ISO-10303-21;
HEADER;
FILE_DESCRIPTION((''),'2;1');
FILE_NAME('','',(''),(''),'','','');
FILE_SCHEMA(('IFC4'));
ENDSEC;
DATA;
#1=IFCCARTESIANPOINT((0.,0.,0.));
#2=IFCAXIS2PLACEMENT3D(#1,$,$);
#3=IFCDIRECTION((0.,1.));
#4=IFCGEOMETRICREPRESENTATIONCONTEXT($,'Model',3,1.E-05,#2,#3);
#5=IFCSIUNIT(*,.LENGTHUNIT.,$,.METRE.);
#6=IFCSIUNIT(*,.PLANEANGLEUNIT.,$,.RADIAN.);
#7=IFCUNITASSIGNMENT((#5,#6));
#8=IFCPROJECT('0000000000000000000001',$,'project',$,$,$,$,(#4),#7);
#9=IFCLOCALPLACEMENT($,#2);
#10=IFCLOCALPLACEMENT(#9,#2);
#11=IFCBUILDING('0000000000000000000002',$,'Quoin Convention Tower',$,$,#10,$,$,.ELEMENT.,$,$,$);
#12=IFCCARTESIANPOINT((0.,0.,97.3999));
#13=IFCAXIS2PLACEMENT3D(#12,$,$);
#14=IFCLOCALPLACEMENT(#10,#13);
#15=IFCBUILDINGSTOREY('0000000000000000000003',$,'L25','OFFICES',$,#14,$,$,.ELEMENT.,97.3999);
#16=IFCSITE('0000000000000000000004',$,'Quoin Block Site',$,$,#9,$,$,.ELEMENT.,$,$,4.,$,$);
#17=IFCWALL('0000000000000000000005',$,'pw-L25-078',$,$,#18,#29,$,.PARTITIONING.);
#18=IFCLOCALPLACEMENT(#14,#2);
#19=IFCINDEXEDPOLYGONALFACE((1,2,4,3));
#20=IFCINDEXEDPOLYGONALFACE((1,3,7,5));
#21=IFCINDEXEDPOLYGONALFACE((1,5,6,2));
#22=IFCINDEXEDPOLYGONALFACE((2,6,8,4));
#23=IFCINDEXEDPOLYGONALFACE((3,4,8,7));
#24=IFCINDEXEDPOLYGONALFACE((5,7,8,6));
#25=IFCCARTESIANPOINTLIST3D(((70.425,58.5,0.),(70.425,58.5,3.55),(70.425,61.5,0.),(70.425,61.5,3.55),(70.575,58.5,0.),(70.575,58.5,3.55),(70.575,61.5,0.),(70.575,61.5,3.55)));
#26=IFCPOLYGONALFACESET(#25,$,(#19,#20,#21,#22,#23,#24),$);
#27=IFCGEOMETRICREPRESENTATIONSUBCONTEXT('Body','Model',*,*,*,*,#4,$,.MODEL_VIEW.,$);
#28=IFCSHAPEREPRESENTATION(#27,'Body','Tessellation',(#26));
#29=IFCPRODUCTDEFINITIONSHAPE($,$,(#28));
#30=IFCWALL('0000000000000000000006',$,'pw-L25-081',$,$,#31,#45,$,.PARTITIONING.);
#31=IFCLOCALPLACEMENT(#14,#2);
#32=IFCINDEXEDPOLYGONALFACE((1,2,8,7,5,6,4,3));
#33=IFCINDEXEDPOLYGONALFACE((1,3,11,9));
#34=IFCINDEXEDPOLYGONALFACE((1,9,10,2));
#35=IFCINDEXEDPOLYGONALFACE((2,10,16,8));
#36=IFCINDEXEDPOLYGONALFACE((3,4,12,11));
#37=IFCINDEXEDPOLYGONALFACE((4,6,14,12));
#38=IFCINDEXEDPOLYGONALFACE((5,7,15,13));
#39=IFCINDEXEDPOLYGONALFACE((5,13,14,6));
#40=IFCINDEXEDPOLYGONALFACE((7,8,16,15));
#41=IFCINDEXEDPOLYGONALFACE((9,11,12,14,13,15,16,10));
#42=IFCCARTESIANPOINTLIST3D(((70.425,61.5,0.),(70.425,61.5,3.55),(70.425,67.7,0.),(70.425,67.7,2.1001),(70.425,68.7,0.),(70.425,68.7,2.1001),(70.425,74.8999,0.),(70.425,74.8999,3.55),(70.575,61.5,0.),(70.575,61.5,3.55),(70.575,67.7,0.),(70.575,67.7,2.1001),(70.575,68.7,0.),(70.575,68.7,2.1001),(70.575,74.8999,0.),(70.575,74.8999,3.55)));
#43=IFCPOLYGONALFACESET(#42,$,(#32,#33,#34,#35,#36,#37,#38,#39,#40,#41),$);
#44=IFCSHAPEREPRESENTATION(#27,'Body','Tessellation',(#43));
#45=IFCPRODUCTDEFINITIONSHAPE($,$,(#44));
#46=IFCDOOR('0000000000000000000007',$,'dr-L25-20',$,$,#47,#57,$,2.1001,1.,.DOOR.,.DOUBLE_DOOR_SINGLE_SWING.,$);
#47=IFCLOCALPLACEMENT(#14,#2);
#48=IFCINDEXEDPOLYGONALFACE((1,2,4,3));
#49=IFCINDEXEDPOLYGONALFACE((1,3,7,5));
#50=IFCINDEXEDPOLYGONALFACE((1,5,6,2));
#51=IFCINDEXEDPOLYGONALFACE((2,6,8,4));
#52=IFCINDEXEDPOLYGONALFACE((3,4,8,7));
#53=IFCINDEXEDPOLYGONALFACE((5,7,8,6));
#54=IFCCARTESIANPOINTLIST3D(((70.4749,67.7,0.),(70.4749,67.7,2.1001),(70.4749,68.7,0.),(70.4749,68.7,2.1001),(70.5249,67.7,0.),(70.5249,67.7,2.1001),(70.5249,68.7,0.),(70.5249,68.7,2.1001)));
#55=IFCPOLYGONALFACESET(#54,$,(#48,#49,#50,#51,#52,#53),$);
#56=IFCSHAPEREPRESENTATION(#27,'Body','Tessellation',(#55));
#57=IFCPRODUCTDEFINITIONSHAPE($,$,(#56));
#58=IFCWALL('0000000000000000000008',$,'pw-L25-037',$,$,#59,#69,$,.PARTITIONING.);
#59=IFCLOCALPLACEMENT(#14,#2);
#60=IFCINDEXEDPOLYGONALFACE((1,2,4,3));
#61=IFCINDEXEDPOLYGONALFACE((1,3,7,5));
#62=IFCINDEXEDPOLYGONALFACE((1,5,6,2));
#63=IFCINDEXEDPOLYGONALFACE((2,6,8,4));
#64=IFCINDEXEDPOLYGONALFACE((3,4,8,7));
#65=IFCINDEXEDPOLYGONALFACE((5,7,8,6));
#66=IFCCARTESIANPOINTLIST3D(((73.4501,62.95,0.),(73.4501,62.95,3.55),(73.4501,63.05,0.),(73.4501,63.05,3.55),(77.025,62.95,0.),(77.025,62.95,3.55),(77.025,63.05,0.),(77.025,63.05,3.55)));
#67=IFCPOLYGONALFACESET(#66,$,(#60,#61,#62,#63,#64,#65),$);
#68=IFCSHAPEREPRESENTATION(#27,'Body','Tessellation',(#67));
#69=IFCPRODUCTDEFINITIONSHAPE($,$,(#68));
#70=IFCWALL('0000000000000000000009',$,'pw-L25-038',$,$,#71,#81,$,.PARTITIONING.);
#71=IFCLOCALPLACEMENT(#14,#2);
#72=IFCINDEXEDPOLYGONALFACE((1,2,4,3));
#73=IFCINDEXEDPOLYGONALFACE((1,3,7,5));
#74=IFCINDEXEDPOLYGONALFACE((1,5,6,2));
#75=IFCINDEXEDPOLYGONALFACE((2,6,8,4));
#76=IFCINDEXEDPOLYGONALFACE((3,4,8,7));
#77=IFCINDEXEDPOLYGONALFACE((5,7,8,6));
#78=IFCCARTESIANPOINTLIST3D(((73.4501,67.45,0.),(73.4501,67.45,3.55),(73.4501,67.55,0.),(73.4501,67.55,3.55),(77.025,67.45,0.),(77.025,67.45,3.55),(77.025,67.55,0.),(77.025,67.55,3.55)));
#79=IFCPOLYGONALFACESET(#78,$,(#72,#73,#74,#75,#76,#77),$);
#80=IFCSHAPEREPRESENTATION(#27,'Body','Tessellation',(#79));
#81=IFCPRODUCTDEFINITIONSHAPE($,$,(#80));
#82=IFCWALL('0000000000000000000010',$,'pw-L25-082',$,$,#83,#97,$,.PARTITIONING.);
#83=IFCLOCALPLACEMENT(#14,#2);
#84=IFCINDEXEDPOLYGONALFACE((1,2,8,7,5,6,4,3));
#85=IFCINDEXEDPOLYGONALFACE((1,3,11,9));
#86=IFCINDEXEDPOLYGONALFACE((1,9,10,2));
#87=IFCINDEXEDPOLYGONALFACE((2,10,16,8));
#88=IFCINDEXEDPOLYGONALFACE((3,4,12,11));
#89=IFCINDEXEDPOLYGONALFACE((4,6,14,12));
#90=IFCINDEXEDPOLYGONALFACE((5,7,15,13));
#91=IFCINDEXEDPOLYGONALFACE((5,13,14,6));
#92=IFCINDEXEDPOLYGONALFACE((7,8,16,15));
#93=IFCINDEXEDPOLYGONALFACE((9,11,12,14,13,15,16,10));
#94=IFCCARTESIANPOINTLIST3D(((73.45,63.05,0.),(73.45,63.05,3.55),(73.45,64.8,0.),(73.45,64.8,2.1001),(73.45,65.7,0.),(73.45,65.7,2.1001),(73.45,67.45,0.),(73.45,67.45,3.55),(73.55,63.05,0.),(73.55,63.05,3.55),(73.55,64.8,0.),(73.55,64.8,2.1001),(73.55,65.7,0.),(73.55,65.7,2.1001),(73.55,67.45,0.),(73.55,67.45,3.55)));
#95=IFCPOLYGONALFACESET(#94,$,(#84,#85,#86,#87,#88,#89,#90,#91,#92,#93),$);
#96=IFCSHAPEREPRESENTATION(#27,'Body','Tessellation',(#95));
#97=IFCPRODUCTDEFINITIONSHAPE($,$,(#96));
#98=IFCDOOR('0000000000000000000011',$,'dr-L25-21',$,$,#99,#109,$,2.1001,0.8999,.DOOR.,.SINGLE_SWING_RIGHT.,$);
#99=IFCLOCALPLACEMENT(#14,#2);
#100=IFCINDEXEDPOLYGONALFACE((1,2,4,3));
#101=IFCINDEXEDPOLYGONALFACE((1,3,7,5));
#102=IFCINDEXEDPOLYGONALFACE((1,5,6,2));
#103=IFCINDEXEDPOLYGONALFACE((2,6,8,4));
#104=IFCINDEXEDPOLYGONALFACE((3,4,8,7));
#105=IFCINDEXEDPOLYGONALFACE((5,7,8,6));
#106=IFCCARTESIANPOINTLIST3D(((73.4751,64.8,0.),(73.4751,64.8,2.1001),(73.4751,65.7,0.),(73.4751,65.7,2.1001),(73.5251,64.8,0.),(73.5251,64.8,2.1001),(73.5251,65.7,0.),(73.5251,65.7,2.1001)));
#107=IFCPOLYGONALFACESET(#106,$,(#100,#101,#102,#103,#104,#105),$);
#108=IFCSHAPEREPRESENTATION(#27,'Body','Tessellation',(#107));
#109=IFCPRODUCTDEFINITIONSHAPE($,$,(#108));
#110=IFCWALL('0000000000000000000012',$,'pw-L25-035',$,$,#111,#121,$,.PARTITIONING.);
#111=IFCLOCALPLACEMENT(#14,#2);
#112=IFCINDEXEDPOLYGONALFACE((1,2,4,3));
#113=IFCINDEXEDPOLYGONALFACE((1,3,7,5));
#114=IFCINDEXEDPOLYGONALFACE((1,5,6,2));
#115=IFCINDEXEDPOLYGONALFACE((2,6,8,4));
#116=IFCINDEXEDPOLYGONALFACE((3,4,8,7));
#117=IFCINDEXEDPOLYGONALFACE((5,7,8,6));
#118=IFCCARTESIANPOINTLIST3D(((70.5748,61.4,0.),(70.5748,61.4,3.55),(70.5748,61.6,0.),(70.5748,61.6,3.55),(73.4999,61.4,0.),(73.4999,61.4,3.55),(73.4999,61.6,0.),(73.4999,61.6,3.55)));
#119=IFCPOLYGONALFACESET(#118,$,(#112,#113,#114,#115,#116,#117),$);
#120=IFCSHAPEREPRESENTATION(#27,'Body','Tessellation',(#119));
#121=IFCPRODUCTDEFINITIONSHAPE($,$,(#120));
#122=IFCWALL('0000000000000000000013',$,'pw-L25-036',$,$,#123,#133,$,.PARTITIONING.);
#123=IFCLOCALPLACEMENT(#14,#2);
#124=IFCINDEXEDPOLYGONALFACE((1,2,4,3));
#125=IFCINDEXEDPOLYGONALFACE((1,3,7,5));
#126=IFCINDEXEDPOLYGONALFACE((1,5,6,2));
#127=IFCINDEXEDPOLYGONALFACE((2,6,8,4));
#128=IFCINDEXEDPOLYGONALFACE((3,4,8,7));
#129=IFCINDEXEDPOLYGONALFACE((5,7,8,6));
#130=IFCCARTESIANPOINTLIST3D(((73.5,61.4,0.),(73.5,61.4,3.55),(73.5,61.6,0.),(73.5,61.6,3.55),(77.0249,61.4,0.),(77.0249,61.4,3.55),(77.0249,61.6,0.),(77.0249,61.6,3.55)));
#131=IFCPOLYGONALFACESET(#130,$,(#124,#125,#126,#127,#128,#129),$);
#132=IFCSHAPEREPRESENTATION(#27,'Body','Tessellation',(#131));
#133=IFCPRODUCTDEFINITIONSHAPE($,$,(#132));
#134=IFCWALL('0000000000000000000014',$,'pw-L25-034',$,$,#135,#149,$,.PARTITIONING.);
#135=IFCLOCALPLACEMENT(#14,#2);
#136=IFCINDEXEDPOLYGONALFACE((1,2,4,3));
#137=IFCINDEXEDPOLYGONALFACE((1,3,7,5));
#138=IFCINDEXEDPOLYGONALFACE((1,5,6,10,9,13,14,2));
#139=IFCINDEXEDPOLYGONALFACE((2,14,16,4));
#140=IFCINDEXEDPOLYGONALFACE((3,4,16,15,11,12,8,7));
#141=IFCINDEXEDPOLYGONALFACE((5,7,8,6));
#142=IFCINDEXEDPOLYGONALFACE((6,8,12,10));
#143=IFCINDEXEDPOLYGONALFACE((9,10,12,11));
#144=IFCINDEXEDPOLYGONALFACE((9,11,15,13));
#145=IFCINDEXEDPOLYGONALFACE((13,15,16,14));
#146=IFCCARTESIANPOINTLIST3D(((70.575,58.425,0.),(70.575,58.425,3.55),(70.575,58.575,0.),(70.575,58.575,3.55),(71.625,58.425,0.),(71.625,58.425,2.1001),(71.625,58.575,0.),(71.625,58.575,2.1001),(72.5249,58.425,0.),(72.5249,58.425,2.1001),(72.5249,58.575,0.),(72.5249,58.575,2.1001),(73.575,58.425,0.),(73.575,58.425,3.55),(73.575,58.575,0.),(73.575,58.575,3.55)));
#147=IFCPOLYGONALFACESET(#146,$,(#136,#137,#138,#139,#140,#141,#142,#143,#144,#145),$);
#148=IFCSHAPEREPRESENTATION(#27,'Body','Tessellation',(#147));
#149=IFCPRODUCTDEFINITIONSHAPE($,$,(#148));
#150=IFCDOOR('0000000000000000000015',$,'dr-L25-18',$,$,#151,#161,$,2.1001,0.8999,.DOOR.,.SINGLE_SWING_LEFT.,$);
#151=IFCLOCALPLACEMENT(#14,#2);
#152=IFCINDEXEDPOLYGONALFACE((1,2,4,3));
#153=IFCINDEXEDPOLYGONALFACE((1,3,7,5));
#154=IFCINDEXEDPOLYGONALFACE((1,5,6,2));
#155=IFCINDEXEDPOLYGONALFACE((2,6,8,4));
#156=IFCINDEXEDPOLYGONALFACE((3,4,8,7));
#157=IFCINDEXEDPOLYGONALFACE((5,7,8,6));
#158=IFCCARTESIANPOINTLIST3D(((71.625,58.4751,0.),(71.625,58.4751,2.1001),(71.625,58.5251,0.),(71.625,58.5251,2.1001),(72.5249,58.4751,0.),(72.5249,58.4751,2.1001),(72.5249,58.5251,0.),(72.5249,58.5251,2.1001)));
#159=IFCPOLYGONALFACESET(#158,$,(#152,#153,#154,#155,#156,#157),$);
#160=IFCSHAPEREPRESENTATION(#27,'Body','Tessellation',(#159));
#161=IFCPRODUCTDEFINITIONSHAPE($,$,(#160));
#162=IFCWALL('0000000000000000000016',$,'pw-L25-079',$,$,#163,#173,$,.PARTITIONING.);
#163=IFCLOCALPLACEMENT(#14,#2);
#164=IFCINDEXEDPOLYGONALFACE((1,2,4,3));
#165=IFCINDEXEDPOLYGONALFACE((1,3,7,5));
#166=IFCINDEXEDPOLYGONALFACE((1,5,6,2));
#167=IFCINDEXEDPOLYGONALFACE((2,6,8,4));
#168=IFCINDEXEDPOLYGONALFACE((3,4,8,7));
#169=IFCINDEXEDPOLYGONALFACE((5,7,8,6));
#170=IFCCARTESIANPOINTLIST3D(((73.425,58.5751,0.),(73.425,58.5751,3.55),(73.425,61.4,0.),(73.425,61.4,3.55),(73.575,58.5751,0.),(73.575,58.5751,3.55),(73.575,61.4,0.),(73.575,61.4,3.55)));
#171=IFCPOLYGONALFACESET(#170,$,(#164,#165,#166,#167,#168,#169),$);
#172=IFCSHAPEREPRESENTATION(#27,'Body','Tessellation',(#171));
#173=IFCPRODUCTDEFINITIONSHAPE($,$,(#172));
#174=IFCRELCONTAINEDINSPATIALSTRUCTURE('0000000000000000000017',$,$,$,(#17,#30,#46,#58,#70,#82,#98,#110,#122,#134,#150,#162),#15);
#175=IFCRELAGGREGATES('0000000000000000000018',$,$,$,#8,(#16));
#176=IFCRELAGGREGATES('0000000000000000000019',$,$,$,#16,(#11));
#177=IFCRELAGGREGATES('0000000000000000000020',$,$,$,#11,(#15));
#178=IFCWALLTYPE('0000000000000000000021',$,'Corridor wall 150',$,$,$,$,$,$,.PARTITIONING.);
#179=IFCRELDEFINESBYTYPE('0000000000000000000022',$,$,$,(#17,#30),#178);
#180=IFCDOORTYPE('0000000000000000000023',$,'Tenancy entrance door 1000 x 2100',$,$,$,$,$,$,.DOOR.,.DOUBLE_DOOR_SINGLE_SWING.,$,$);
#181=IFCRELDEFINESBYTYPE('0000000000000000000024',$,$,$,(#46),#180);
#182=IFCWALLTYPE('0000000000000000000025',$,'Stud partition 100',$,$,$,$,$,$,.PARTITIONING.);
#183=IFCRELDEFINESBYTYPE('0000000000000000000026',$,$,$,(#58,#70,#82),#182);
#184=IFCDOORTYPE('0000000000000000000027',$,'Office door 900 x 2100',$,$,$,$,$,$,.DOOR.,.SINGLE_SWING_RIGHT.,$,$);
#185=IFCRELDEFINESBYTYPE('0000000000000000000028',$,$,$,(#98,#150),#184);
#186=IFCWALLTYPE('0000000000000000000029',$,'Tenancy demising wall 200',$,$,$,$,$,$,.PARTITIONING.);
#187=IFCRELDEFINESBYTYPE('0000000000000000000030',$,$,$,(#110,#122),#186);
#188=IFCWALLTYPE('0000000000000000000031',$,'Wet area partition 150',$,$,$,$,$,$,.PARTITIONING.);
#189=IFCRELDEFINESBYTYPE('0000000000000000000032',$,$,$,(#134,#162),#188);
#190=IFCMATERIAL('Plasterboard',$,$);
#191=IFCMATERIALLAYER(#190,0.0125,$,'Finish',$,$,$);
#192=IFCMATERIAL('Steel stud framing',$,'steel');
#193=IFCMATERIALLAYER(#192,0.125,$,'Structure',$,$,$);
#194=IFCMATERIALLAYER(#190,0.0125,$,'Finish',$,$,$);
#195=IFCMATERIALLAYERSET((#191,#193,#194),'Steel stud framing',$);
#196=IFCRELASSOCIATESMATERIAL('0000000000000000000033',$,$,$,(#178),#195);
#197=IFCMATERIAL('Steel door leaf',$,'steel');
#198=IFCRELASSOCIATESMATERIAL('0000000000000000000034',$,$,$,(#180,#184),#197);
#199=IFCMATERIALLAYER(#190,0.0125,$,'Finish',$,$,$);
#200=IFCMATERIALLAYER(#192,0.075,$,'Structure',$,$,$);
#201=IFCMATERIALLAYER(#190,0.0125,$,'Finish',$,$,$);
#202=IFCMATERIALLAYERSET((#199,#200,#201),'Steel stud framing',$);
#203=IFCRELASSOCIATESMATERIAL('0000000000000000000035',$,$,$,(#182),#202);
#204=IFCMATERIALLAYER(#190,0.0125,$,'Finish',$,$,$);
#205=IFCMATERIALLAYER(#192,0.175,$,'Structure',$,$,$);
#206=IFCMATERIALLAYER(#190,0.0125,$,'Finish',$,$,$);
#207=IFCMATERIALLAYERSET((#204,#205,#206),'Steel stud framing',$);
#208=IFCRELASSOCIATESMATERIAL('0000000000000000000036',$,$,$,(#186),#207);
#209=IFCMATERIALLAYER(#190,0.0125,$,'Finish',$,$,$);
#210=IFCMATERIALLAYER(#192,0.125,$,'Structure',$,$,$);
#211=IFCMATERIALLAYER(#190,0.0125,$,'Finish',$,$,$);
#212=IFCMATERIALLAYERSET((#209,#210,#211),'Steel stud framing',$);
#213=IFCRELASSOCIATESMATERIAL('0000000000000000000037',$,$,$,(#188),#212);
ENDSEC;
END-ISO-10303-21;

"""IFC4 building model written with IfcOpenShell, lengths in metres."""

from ifc_helpers import new_model, si_unit, direction, frame, frame_2d, origin, place, context, subcontext, project, spatial, rectangle, extrude, material, layer, layer_set, type_object, element, fill, save


model = new_model("IFC4")

# Units and contexts
model_context = context("Model", 3, precision=1e-05, world=origin(), true_north=direction((0.0, 1.0)))
body_context = subcontext(model_context, "Body", "Model", "MODEL_VIEW")
ifc_project = project(units=[si_unit("LENGTHUNIT", "METRE"), si_unit("PLANEANGLEUNIT", "RADIAN")], contexts=[model_context])

# Site, building, storey
site_placement = place(None, origin())
site = spatial("IfcSite", under=ifc_project, at=site_placement, Name="Quoin Block Site", CompositionType="ELEMENT", RefElevation=4.0)
building_placement = place(site_placement, origin())
building = spatial("IfcBuilding", under=site, at=building_placement, Name="Quoin Convention Tower", CompositionType="ELEMENT")
storey_placement = place(building_placement, frame((0.0, 0.0, 97.3999)))
storey = spatial("IfcBuildingStorey", under=building, at=storey_placement, Name="L25", Description="OFFICES", CompositionType="ELEMENT", Elevation=97.3999)

# Wall
ifc_material_1 = material(Name="Plasterboard")
ifc_layer_1 = layer(ifc_material_1, 0.0125, Name="Finish")
ifc_material_2 = material(Name="Steel stud framing", Category="steel")
ifc_layer_2 = layer(ifc_material_2, 0.125, Name="Structure")
ifc_layer_3 = layer(ifc_material_1, 0.0125, Name="Finish")
ifc_layer_set_1 = layer_set([ifc_layer_1, ifc_layer_2, ifc_layer_3], Name="Steel stud framing")
wall_type_1 = type_object("IfcWallType", Name="Corridor wall 150", PredefinedType="PARTITIONING", material=ifc_layer_set_1)
wall_1_placement = place(storey_placement, frame((70.5, 58.5, 0.0), z_axis=(0.0, 0.0, 1.0), x_axis=(0.0, 1.0, 0.0)))
element("IfcWall", 1, at=wall_1_placement, inside=storey, type_object=wall_type_1, Name="pw-L25-078", PredefinedType="PARTITIONING", context=body_context, shape_type="SweptSolid", body=[
    extrude(rectangle(XDim=3.0, YDim=0.1499, at=frame_2d((1.5, 0.0))), origin(), (0.0, 0.0, 1.0), 3.55),
])

# Wall, opening, door
wall_2_placement = place(storey_placement, frame((70.5, 61.5, 0.0), z_axis=(0.0, 0.0, 1.0), x_axis=(0.0, 1.0, 0.0)))
wall_2 = element("IfcWall", 2, at=wall_2_placement, inside=storey, type_object=wall_type_1, Name="pw-L25-081", PredefinedType="PARTITIONING", context=body_context, shape_type="SweptSolid", body=[
    extrude(rectangle(XDim=13.3999, YDim=0.1499, at=frame_2d((6.7, 0.0))), origin(), (0.0, 0.0, 1.0), 3.55),
])
opening_1_placement = place(wall_2_placement, frame((6.2, 0.0, 0.0)))
opening_1 = element("IfcOpeningElement", 3, at=opening_1_placement, cuts=wall_2, PredefinedType="OPENING", context=body_context, shape_type="SweptSolid", body=[
    extrude(rectangle(XDim=1.0, YDim=2.1001, at=frame_2d((0.5, 1.05))), frame((0.0, 0.085, 0.0), z_axis=(0.0, -1.0, 0.0), x_axis=(1.0, 0.0, 0.0)), (0.0, 0.0, 1.0), 0.1699),
])
ifc_material_3 = material(Name="Steel door leaf", Category="steel")
door_type_1 = type_object("IfcDoorType", Name="Tenancy entrance door 1000 x 2100", OperationType="DOUBLE_DOOR_SINGLE_SWING", PredefinedType="DOOR", material=ifc_material_3)
door_1_placement = place(opening_1_placement, frame((1.0, 0.0, 0.0), z_axis=(0.0, 0.0, 1.0), x_axis=(-1.0, 0.0, 0.0)))
door_1 = element("IfcDoor", 4, at=door_1_placement, inside=storey, type_object=door_type_1, Name="dr-L25-20", OperationType="DOUBLE_DOOR_SINGLE_SWING", OverallHeight=2.1001, OverallWidth=1.0, PredefinedType="DOOR", context=body_context, shape_type="SweptSolid", body=[
    extrude(rectangle(XDim=1.0, YDim=2.1001, at=frame_2d((0.5, 1.05))), frame((0.0, 0.0249, 0.0), z_axis=(0.0, -1.0, 0.0), x_axis=(1.0, 0.0, 0.0)), (0.0, 0.0, 1.0), 0.05),
])
fill(opening_1, door_1)

# Walls
ifc_layer_4 = layer(ifc_material_1, 0.0125, Name="Finish")
ifc_layer_5 = layer(ifc_material_2, 0.075, Name="Structure")
ifc_layer_6 = layer(ifc_material_1, 0.0125, Name="Finish")
ifc_layer_set_2 = layer_set([ifc_layer_4, ifc_layer_5, ifc_layer_6], Name="Steel stud framing")
wall_type_2 = type_object("IfcWallType", Name="Stud partition 100", PredefinedType="PARTITIONING", material=ifc_layer_set_2)
for number, where, z_axis, x_axis, name in (
    (5, (73.45, 63.0, 0.0), (0.0, 0.0, 1.0), (1.0, 0.0, 0.0), "pw-L25-037"),
    (6, (73.45, 67.5, 0.0), (0.0, 0.0, 1.0), (1.0, 0.0, 0.0), "pw-L25-038"),
):
    element("IfcWall", number, at=place(storey_placement, frame(where, z_axis=z_axis, x_axis=x_axis)), inside=storey, type_object=wall_type_2, Name=name, PredefinedType="PARTITIONING", context=body_context, shape_type="SweptSolid", body=[
        extrude(rectangle(XDim=3.575, YDim=0.1001, at=frame_2d((1.7876, 0.0))), origin(), (0.0, 0.0, 1.0), 3.55),
    ])

# Wall, opening, door
wall_3_placement = place(storey_placement, frame((73.5, 63.05, 0.0), z_axis=(0.0, 0.0, 1.0), x_axis=(0.0, 1.0, 0.0)))
wall_3 = element("IfcWall", 7, at=wall_3_placement, inside=storey, type_object=wall_type_2, Name="pw-L25-082", PredefinedType="PARTITIONING", context=body_context, shape_type="SweptSolid", body=[
    extrude(rectangle(XDim=4.3999, YDim=0.1001, at=frame_2d((2.2, 0.0))), origin(), (0.0, 0.0, 1.0), 3.55),
])
opening_2_placement = place(wall_3_placement, frame((1.75, 0.0, 0.0)))
opening_2 = element("IfcOpeningElement", 8, at=opening_2_placement, cuts=wall_3, PredefinedType="OPENING", context=body_context, shape_type="SweptSolid", body=[
    extrude(rectangle(XDim=0.8999, YDim=2.1001, at=frame_2d((0.45, 1.05))), frame((0.0, 0.0601, 0.0), z_axis=(0.0, -1.0, 0.0), x_axis=(1.0, 0.0, 0.0)), (0.0, 0.0, 1.0), 0.1201),
])
door_type_2 = type_object("IfcDoorType", Name="Office door 900 x 2100", OperationType="SINGLE_SWING_RIGHT", PredefinedType="DOOR", material=ifc_material_3)
door_2_placement = place(opening_2_placement, origin())
door_2 = element("IfcDoor", 9, at=door_2_placement, inside=storey, type_object=door_type_2, Name="dr-L25-21", OperationType="SINGLE_SWING_RIGHT", OverallHeight=2.1001, OverallWidth=0.8999, PredefinedType="DOOR", context=body_context, shape_type="SweptSolid", body=[
    extrude(rectangle(XDim=0.8999, YDim=2.1001, at=frame_2d((0.45, 1.05))), frame((0.0, 0.0249, 0.0), z_axis=(0.0, -1.0, 0.0), x_axis=(1.0, 0.0, 0.0)), (0.0, 0.0, 1.0), 0.05),
])
fill(opening_2, door_2)

# Walls
ifc_layer_7 = layer(ifc_material_1, 0.0125, Name="Finish")
ifc_layer_8 = layer(ifc_material_2, 0.175, Name="Structure")
ifc_layer_9 = layer(ifc_material_1, 0.0125, Name="Finish")
ifc_layer_set_3 = layer_set([ifc_layer_7, ifc_layer_8, ifc_layer_9], Name="Steel stud framing")
wall_type_3 = type_object("IfcWallType", Name="Tenancy demising wall 200", PredefinedType="PARTITIONING", material=ifc_layer_set_3)
wall_4_placement = place(storey_placement, frame((70.575, 61.5, 0.0), z_axis=(0.0, 0.0, 1.0), x_axis=(1.0, 0.0, 0.0)))
element("IfcWall", 10, at=wall_4_placement, inside=storey, type_object=wall_type_3, Name="pw-L25-035", PredefinedType="PARTITIONING", context=body_context, shape_type="SweptSolid", body=[
    extrude(rectangle(XDim=2.925, YDim=0.2, at=frame_2d((1.4624, 0.0))), origin(), (0.0, 0.0, 1.0), 3.55),
])
wall_5_placement = place(storey_placement, frame((73.5, 61.5, 0.0), z_axis=(0.0, 0.0, 1.0), x_axis=(1.0, 0.0, 0.0)))
element("IfcWall", 11, at=wall_5_placement, inside=storey, type_object=wall_type_3, Name="pw-L25-036", PredefinedType="PARTITIONING", context=body_context, shape_type="SweptSolid", body=[
    extrude(rectangle(XDim=3.5249, YDim=0.2, at=frame_2d((1.7625, 0.0))), origin(), (0.0, 0.0, 1.0), 3.55),
])

# Wall, opening, door
ifc_layer_10 = layer(ifc_material_1, 0.0125, Name="Finish")
ifc_layer_11 = layer(ifc_material_2, 0.125, Name="Structure")
ifc_layer_12 = layer(ifc_material_1, 0.0125, Name="Finish")
ifc_layer_set_4 = layer_set([ifc_layer_10, ifc_layer_11, ifc_layer_12], Name="Steel stud framing")
wall_type_4 = type_object("IfcWallType", Name="Wet area partition 150", PredefinedType="PARTITIONING", material=ifc_layer_set_4)
wall_6_placement = place(storey_placement, frame((70.575, 58.5, 0.0), z_axis=(0.0, 0.0, 1.0), x_axis=(1.0, 0.0, 0.0)))
wall_6 = element("IfcWall", 12, at=wall_6_placement, inside=storey, type_object=wall_type_4, Name="pw-L25-034", PredefinedType="PARTITIONING", context=body_context, shape_type="SweptSolid", body=[
    extrude(rectangle(XDim=3.0, YDim=0.1499, at=frame_2d((1.5, 0.0))), origin(), (0.0, 0.0, 1.0), 3.55),
])
opening_3_placement = place(wall_6_placement, frame((1.05, 0.0, 0.0)))
opening_3 = element("IfcOpeningElement", 13, at=opening_3_placement, cuts=wall_6, PredefinedType="OPENING", context=body_context, shape_type="SweptSolid", body=[
    extrude(rectangle(XDim=0.8999, YDim=2.1001, at=frame_2d((0.45, 1.05))), frame((0.0, 0.085, 0.0), z_axis=(0.0, -1.0, 0.0), x_axis=(1.0, 0.0, 0.0)), (0.0, 0.0, 1.0), 0.1699),
])
door_3_placement = place(opening_3_placement, frame((0.8999, 0.0, 0.0), z_axis=(0.0, 0.0, 1.0), x_axis=(-1.0, 0.0, 0.0)))
door_3 = element("IfcDoor", 14, at=door_3_placement, inside=storey, type_object=door_type_2, Name="dr-L25-18", OperationType="SINGLE_SWING_LEFT", OverallHeight=2.1001, OverallWidth=0.8999, PredefinedType="DOOR", context=body_context, shape_type="SweptSolid", body=[
    extrude(rectangle(XDim=0.8999, YDim=2.1001, at=frame_2d((0.45, 1.05))), frame((0.0, 0.0249, 0.0), z_axis=(0.0, -1.0, 0.0), x_axis=(1.0, 0.0, 0.0)), (0.0, 0.0, 1.0), 0.05),
])
fill(opening_3, door_3)

# Wall
wall_7_placement = place(storey_placement, frame((73.5, 58.575, 0.0), z_axis=(0.0, 0.0, 1.0), x_axis=(0.0, 1.0, 0.0)))
element("IfcWall", 15, at=wall_7_placement, inside=storey, type_object=wall_type_4, Name="pw-L25-079", PredefinedType="PARTITIONING", context=body_context, shape_type="SweptSolid", body=[
    extrude(rectangle(XDim=2.825, YDim=0.1499, at=frame_2d((1.4126, 0.0))), origin(), (0.0, 0.0, 1.0), 3.55),
])

save(model, "model.ifc")
